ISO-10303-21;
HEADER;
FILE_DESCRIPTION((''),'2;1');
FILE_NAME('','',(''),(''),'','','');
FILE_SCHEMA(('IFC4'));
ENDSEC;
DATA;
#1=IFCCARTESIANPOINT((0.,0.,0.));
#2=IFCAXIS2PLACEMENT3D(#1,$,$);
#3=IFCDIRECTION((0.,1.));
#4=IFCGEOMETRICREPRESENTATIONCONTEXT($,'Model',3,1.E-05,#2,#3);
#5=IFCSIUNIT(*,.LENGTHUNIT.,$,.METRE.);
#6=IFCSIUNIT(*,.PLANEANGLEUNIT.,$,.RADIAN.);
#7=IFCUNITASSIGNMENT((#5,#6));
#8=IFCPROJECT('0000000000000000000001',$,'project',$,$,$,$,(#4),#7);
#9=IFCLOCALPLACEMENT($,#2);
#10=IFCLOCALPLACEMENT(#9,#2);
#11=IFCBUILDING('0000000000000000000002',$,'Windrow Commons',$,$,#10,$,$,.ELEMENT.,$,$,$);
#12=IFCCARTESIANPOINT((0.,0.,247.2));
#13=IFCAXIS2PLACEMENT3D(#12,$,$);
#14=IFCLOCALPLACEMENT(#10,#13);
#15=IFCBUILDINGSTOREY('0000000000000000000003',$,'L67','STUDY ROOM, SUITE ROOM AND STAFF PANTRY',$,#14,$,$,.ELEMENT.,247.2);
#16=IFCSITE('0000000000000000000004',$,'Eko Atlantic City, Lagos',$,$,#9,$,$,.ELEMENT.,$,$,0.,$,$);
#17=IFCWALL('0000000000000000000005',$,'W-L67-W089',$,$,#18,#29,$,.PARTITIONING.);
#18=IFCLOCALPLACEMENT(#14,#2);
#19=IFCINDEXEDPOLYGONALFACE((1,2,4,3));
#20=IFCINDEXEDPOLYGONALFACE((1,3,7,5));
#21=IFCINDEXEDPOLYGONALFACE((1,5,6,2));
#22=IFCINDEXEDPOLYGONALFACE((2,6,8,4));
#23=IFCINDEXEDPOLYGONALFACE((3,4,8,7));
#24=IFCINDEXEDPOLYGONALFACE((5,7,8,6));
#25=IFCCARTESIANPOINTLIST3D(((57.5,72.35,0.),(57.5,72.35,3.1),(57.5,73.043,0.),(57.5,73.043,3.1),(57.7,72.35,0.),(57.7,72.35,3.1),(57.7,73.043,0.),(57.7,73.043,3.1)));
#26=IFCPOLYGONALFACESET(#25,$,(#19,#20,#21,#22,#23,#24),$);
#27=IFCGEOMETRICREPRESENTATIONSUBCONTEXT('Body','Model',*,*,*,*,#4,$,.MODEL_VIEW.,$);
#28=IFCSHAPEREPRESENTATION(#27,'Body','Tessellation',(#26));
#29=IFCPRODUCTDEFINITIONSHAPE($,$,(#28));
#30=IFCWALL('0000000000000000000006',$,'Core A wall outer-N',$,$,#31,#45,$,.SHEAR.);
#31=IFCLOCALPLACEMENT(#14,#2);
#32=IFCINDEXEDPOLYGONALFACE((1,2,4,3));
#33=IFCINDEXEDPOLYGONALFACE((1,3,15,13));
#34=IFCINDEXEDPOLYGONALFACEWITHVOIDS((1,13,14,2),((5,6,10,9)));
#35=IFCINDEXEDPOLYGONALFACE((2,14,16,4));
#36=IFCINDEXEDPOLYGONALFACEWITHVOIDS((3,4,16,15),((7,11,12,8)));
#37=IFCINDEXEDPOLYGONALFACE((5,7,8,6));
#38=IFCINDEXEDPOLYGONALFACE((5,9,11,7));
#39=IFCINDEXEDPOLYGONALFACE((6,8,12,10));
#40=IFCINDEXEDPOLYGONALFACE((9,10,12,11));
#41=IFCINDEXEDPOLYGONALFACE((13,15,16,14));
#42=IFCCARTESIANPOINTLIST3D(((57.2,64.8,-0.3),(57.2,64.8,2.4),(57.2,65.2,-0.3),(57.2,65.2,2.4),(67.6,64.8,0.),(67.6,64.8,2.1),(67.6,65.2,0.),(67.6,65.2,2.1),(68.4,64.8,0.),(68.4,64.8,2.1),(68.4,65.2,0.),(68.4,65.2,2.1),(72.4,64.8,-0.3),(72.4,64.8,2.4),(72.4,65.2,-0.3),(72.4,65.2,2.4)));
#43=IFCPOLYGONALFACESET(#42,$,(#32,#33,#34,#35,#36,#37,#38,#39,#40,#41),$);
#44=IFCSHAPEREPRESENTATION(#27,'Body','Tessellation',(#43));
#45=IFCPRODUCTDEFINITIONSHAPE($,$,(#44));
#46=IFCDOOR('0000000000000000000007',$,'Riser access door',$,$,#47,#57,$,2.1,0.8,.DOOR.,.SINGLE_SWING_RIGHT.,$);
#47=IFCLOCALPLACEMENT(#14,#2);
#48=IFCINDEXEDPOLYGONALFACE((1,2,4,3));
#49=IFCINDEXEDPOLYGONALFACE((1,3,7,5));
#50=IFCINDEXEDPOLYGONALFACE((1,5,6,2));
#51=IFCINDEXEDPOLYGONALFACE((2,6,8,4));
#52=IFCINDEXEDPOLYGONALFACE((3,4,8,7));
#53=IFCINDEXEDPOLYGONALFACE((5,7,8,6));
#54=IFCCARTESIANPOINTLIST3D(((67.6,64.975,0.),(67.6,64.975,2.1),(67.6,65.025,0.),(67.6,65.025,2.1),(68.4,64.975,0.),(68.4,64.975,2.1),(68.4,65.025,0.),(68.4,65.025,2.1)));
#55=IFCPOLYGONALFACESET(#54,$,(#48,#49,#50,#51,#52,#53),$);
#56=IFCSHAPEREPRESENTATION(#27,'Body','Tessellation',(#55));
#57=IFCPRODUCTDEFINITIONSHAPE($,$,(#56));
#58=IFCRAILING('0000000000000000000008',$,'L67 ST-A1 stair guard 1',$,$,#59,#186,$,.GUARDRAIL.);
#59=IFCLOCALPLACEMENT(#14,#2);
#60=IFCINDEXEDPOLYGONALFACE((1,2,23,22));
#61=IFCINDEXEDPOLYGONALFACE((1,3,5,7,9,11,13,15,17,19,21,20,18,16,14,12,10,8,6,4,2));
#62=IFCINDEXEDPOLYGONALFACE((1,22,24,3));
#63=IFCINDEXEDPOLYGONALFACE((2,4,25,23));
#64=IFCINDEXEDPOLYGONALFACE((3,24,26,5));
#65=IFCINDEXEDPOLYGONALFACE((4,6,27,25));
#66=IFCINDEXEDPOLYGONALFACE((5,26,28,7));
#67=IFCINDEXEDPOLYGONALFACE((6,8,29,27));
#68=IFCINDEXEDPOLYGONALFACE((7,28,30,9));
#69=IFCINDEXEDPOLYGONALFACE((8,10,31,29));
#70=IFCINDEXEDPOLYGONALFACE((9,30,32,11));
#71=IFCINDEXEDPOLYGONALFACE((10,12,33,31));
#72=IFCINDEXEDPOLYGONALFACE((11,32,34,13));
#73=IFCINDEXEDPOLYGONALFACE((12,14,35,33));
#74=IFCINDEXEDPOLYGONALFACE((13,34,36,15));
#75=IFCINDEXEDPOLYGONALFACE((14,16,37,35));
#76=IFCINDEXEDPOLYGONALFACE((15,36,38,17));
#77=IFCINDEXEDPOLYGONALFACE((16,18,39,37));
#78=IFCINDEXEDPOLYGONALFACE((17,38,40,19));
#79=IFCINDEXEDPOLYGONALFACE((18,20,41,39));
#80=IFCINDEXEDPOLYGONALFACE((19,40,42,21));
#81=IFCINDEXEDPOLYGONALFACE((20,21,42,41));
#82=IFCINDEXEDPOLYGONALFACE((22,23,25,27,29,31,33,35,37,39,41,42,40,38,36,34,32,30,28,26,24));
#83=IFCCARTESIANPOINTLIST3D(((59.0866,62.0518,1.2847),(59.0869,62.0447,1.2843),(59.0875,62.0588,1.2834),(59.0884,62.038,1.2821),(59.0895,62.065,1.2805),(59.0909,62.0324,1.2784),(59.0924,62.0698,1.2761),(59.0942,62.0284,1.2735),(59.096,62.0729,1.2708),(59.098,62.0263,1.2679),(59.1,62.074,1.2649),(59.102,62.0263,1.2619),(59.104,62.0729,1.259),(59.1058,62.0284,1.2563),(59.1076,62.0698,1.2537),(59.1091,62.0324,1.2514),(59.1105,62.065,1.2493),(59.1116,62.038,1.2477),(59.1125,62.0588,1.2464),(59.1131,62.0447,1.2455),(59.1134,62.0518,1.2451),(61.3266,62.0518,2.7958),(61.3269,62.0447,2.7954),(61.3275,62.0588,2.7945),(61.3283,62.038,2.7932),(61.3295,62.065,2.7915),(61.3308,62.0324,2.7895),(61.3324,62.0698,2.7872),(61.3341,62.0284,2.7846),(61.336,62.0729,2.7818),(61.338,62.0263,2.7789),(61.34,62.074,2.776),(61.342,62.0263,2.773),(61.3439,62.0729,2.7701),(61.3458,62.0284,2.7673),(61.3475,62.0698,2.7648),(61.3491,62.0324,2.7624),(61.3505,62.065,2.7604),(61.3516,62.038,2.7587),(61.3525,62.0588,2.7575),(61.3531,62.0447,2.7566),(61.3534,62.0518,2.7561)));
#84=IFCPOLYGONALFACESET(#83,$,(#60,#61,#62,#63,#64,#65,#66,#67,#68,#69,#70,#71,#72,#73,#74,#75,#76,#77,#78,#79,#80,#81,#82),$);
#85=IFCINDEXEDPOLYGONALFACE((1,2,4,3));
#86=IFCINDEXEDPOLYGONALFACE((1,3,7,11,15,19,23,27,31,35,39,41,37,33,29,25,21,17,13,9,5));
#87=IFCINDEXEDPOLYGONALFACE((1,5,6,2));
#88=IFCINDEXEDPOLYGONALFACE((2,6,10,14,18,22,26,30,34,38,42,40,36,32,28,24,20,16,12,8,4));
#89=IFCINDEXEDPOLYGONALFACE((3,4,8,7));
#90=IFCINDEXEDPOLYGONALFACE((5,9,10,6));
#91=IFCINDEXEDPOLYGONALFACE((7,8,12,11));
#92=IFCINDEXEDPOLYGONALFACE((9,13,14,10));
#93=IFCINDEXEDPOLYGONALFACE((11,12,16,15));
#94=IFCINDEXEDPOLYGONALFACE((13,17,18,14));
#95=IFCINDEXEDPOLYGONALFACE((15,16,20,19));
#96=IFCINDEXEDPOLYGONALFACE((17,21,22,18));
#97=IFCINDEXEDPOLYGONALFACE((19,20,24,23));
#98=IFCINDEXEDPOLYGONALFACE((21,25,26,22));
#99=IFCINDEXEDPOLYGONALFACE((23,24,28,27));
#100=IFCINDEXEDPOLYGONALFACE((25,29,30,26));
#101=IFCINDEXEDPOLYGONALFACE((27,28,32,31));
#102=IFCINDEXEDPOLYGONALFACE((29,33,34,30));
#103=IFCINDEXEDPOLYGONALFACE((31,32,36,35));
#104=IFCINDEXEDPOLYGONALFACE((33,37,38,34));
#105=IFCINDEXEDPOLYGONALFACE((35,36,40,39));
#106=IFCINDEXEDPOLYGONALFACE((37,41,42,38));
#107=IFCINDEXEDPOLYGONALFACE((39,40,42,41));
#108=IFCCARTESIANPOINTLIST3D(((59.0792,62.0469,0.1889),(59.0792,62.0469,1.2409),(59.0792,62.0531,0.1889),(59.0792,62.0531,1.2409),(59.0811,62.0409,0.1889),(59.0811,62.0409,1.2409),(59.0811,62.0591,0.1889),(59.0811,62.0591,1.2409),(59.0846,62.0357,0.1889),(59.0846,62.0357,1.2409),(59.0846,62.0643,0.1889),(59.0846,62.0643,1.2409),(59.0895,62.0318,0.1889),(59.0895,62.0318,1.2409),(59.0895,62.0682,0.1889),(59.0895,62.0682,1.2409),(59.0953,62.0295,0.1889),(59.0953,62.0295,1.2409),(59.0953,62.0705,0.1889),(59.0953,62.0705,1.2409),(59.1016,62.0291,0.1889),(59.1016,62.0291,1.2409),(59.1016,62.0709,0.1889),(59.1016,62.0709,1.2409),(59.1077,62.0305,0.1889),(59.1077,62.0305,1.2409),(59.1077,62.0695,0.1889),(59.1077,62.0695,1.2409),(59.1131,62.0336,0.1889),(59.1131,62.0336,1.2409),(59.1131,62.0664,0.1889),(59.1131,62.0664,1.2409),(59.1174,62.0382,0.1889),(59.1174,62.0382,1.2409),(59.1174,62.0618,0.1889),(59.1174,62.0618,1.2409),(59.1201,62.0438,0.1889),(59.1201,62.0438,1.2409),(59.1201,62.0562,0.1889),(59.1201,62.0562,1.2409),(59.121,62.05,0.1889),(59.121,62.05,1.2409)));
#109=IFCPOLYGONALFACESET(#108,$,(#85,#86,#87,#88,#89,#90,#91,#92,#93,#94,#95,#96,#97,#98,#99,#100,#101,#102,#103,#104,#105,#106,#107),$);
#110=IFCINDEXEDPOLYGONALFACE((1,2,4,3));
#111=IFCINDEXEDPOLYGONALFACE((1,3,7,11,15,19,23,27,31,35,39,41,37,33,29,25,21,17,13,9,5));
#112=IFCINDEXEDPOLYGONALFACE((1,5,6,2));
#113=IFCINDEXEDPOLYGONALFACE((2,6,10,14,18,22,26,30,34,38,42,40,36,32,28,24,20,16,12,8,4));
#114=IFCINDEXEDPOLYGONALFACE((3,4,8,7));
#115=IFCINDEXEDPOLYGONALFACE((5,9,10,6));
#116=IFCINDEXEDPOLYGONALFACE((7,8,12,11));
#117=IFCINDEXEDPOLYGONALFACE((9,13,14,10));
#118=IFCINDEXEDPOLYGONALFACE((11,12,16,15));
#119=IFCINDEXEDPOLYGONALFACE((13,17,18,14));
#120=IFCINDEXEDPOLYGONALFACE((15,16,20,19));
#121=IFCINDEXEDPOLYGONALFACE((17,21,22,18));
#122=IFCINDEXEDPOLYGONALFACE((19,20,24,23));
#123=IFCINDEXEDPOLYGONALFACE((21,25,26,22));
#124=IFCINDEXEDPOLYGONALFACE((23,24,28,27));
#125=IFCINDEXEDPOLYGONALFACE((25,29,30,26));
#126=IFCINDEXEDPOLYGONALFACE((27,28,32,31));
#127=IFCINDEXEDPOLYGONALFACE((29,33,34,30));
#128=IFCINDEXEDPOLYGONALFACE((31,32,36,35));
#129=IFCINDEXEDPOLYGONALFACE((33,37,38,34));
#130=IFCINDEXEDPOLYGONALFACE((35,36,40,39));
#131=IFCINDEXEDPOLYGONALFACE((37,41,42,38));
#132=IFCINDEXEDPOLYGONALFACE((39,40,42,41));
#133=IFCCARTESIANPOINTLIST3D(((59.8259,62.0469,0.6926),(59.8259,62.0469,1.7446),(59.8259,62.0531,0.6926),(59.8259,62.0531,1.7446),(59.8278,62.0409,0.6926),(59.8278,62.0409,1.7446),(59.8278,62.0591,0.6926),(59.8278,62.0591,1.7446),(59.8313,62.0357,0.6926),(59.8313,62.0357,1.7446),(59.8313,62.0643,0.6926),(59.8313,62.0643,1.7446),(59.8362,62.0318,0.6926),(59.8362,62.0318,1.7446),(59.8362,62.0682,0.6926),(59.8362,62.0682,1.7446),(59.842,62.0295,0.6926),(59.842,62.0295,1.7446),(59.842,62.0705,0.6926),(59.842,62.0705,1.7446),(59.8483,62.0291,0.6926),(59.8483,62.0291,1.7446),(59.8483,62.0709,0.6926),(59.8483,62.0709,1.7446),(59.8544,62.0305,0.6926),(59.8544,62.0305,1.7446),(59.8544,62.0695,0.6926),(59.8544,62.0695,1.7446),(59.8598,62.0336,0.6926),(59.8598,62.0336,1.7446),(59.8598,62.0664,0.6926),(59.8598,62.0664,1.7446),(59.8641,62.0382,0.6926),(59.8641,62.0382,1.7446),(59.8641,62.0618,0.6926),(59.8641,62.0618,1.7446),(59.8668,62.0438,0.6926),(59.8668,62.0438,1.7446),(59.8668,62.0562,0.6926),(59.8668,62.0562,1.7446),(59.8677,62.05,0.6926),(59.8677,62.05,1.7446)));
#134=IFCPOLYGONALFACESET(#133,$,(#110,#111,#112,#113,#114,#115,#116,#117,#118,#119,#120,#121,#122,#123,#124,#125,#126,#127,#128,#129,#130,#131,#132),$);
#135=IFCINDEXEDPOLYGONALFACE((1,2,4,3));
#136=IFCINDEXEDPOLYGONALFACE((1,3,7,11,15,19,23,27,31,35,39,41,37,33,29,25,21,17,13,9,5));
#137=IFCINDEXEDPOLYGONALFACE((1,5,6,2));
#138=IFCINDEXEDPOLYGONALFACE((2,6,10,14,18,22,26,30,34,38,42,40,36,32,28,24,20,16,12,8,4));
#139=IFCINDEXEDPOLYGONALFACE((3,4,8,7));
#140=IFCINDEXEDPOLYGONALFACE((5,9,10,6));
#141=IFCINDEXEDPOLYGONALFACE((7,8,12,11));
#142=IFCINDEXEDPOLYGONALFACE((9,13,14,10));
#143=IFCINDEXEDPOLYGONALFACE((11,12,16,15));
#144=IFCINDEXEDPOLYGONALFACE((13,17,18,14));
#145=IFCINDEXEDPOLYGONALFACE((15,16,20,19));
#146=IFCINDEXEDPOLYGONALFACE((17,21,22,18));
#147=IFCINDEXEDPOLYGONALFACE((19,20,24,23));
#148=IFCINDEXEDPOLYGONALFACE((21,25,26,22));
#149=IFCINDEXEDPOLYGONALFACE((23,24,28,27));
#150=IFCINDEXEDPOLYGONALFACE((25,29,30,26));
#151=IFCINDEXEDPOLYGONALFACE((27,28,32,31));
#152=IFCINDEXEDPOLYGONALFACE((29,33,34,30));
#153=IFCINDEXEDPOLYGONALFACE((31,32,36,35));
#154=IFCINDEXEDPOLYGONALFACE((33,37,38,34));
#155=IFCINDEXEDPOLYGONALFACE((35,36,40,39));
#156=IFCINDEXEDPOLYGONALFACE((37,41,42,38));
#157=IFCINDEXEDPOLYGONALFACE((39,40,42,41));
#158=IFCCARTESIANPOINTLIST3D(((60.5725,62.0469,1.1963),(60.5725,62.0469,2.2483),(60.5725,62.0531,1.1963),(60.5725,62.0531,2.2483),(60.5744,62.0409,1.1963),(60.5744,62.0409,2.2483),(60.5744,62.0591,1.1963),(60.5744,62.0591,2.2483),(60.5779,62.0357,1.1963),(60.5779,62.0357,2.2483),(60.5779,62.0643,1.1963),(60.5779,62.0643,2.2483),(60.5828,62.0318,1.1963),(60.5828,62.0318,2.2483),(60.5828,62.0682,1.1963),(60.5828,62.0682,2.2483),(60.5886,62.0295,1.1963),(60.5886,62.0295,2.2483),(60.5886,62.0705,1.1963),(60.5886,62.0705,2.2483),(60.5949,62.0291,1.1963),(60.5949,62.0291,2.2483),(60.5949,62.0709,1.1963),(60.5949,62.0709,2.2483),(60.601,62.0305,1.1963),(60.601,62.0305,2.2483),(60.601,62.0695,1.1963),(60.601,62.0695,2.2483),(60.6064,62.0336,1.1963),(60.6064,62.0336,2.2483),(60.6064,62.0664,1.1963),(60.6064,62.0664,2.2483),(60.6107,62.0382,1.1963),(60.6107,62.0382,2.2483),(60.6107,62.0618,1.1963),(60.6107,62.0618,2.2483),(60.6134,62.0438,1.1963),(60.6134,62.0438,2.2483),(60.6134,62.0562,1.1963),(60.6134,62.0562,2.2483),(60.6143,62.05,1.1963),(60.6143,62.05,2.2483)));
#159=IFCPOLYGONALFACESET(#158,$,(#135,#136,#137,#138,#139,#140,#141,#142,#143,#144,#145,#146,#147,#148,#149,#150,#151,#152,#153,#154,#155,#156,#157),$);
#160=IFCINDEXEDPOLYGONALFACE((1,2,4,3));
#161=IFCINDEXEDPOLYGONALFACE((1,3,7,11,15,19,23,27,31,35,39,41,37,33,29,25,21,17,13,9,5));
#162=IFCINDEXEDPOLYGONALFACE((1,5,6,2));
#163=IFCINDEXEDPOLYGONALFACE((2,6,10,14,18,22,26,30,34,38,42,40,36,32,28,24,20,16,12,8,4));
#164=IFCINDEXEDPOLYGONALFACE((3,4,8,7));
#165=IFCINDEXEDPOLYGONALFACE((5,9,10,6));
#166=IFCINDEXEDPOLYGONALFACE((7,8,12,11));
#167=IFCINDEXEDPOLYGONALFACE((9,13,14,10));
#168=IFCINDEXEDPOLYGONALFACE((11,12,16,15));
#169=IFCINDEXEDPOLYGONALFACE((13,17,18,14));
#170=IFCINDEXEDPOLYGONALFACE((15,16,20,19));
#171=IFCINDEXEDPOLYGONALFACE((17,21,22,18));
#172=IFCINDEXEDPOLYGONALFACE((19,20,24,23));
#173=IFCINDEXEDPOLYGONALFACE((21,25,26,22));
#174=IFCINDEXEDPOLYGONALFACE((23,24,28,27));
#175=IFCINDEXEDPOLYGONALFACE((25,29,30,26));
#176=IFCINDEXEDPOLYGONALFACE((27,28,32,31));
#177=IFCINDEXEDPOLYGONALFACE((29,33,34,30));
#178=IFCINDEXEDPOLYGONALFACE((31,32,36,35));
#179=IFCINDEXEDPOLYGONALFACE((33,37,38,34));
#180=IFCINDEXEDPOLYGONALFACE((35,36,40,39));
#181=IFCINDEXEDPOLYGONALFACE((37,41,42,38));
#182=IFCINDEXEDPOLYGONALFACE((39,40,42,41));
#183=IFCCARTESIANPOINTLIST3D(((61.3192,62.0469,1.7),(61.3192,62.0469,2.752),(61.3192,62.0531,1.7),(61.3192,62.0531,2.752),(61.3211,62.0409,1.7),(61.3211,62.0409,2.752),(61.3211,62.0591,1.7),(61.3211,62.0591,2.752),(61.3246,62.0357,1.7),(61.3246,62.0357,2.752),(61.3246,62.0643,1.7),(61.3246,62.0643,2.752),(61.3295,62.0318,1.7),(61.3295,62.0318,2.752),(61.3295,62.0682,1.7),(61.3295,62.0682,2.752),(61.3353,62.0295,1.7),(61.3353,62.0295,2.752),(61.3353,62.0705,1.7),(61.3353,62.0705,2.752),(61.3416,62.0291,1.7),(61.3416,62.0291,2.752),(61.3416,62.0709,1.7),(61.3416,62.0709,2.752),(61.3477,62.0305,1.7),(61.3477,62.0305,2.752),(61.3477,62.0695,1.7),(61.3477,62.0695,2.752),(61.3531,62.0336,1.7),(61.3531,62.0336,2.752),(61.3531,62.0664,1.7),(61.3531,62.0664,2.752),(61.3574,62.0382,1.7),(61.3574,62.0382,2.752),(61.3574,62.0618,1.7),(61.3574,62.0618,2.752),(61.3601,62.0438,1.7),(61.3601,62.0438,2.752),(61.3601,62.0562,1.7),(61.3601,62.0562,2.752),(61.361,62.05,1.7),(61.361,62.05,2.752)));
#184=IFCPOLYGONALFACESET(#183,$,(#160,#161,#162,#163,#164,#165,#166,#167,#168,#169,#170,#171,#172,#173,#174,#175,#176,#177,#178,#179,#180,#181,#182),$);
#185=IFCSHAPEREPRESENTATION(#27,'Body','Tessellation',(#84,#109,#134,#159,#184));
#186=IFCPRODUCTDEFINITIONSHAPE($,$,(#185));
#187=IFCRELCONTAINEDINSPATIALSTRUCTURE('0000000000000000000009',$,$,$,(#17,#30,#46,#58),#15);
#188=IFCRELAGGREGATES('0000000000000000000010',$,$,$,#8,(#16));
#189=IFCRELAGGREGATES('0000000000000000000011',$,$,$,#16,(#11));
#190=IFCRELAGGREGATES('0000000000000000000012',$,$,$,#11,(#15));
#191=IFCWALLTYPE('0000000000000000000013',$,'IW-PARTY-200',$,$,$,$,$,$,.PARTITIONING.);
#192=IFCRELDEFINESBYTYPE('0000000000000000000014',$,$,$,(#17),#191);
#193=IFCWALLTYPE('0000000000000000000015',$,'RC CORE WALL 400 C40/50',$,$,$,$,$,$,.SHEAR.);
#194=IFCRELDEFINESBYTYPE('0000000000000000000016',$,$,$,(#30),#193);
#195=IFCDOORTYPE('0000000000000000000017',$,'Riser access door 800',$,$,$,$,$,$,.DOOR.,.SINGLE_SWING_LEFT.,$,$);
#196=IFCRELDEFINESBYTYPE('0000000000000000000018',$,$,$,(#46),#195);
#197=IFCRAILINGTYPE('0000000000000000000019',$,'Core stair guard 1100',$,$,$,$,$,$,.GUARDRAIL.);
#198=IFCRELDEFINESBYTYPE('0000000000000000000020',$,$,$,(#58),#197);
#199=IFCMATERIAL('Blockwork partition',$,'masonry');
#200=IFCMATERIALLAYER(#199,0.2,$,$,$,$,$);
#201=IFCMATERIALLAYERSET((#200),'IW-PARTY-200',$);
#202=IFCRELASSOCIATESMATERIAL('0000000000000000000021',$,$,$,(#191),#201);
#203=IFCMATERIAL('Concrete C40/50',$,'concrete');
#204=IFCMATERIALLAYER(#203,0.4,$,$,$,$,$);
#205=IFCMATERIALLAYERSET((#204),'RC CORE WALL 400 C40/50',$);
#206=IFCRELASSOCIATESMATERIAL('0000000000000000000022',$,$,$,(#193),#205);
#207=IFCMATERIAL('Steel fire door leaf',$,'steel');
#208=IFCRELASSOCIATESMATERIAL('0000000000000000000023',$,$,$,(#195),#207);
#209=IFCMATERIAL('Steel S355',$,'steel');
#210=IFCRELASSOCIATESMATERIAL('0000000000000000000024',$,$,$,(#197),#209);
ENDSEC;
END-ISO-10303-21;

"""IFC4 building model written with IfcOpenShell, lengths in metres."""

from ifc_helpers import new_model, si_unit, direction, frame, frame_2d, origin, origin_2d, place, context, subcontext, project, spatial, rectangle, circle, extrude, material, layer, layer_set, type_object, element, fill, save


model = new_model("IFC4")

# Units and contexts
model_context = context("Model", 3, precision=1e-05, world=origin(), true_north=direction((0.0, 1.0)))
body_context = subcontext(model_context, "Body", "Model", "MODEL_VIEW")
ifc_project = project(units=[si_unit("LENGTHUNIT", "METRE"), si_unit("PLANEANGLEUNIT", "RADIAN")], contexts=[model_context])

# Site, building, storey
site_placement = place(None, origin())
site = spatial("IfcSite", under=ifc_project, at=site_placement, Name="Eko Atlantic City, Lagos", CompositionType="ELEMENT", RefElevation=0.0)
building_placement = place(site_placement, origin())
building = spatial("IfcBuilding", under=site, at=building_placement, Name="Windrow Commons", CompositionType="ELEMENT")
storey_placement = place(building_placement, frame((0.0, 0.0, 247.2)))
storey = spatial("IfcBuildingStorey", under=building, at=storey_placement, Name="L67", Description="STUDY ROOM, SUITE ROOM AND STAFF PANTRY", CompositionType="ELEMENT", Elevation=247.2)

# Wall
ifc_material_1 = material(Name="Blockwork partition", Category="masonry")
ifc_layer_1 = layer(ifc_material_1, 0.2)
ifc_layer_set_1 = layer_set([ifc_layer_1], Name="IW-PARTY-200")
wall_type_1 = type_object("IfcWallType", Name="IW-PARTY-200", PredefinedType="PARTITIONING", material=ifc_layer_set_1)
wall_1_placement = place(storey_placement, frame((57.6, 72.35, 0.0), z_axis=(0.0, 0.0, 1.0), x_axis=(0.0, 1.0, 0.0)))
element("IfcWall", 1, at=wall_1_placement, inside=storey, type_object=wall_type_1, Name="W-L67-W089", PredefinedType="PARTITIONING", context=body_context, shape_type="SweptSolid", body=[
    extrude(rectangle(XDim=0.693, YDim=0.2, at=frame_2d((0.3465, 0.0))), origin(), (0.0, 0.0, 1.0), 3.1),
])

# Wall, opening, door
ifc_material_2 = material(Name="Concrete C40/50", Category="concrete")
ifc_layer_2 = layer(ifc_material_2, 0.4)
ifc_layer_set_2 = layer_set([ifc_layer_2], Name="RC CORE WALL 400 C40/50")
wall_type_2 = type_object("IfcWallType", Name="RC CORE WALL 400 C40/50", PredefinedType="SHEAR", material=ifc_layer_set_2)
wall_2_placement = place(storey_placement, frame((57.2, 65.0, -0.3), z_axis=(0.0, 0.0, 1.0), x_axis=(1.0, 0.0, 0.0)))
wall_2 = element("IfcWall", 2, at=wall_2_placement, inside=storey, type_object=wall_type_2, Name="Core A wall outer-N", PredefinedType="SHEAR", context=body_context, shape_type="SweptSolid", body=[
    extrude(rectangle(XDim=15.2, YDim=0.4, at=frame_2d((7.6, 0.0))), origin(), (0.0, 0.0, 1.0), 2.7),
])
opening_1_placement = place(wall_2_placement, frame((10.4, 0.0, 0.3)))
opening_1 = element("IfcOpeningElement", 3, at=opening_1_placement, cuts=wall_2, PredefinedType="OPENING", context=body_context, shape_type="SweptSolid", body=[
    extrude(rectangle(XDim=0.8, YDim=2.1, at=frame_2d((0.4, 1.05))), frame((0.0, 0.21, 0.0), z_axis=(0.0, -1.0, 0.0), x_axis=(1.0, 0.0, 0.0)), (0.0, 0.0, 1.0), 0.42),
])
ifc_material_3 = material(Name="Steel fire door leaf", Category="steel")
door_type_1 = type_object("IfcDoorType", Name="Riser access door 800", OperationType="SINGLE_SWING_LEFT", PredefinedType="DOOR", material=ifc_material_3)
door_1_placement = place(opening_1_placement, origin())
door_1 = element("IfcDoor", 4, at=door_1_placement, inside=storey, type_object=door_type_1, Name="Riser access door", OperationType="SINGLE_SWING_RIGHT", OverallHeight=2.1, OverallWidth=0.8, PredefinedType="DOOR", context=body_context, shape_type="SweptSolid", body=[
    extrude(rectangle(XDim=0.8, YDim=2.1, at=frame_2d((0.4, 1.05))), frame((0.0, 0.025, 0.0), z_axis=(0.0, -1.0, 0.0), x_axis=(1.0, 0.0, 0.0)), (0.0, 0.0, 1.0), 0.05),
])
fill(opening_1, door_1)

# Railing
ifc_material_4 = material(Name="Steel S355", Category="steel")
railing_type = type_object("IfcRailingType", Name="Core stair guard 1100", PredefinedType="GUARDRAIL", material=ifc_material_4)
railing_1_placement = place(storey_placement, frame((59.1, 62.05, 0.1889)))
element("IfcRailing", 5, at=railing_1_placement, inside=storey, type_object=railing_type, Name="L67 ST-A1 stair guard 1", PredefinedType="GUARDRAIL", context=body_context, shape_type="SweptSolid", body=[
    extrude(circle(Radius=0.024, at=origin_2d()), frame((0.0, 0.0, 1.076), z_axis=(0.829003, 0.0, 0.559244), x_axis=(0.0, 1.0, 0.0)), (0.0, 0.0, 1.0), 2.702),
    extrude(circle(Radius=0.021, at=origin_2d()), origin(), (0.0, 0.0, 1.0), 1.052),
    extrude(circle(Radius=0.021, at=origin_2d()), frame((0.7467, 0.0, 0.5037)), (0.0, 0.0, 1.0), 1.052),
    extrude(circle(Radius=0.021, at=origin_2d()), frame((1.4933, 0.0, 1.0074)), (0.0, 0.0, 1.0), 1.052),
    extrude(circle(Radius=0.021, at=origin_2d()), frame((2.24, 0.0, 1.5111)), (0.0, 0.0, 1.0), 1.052),
])

save(model, "model.ifc")
